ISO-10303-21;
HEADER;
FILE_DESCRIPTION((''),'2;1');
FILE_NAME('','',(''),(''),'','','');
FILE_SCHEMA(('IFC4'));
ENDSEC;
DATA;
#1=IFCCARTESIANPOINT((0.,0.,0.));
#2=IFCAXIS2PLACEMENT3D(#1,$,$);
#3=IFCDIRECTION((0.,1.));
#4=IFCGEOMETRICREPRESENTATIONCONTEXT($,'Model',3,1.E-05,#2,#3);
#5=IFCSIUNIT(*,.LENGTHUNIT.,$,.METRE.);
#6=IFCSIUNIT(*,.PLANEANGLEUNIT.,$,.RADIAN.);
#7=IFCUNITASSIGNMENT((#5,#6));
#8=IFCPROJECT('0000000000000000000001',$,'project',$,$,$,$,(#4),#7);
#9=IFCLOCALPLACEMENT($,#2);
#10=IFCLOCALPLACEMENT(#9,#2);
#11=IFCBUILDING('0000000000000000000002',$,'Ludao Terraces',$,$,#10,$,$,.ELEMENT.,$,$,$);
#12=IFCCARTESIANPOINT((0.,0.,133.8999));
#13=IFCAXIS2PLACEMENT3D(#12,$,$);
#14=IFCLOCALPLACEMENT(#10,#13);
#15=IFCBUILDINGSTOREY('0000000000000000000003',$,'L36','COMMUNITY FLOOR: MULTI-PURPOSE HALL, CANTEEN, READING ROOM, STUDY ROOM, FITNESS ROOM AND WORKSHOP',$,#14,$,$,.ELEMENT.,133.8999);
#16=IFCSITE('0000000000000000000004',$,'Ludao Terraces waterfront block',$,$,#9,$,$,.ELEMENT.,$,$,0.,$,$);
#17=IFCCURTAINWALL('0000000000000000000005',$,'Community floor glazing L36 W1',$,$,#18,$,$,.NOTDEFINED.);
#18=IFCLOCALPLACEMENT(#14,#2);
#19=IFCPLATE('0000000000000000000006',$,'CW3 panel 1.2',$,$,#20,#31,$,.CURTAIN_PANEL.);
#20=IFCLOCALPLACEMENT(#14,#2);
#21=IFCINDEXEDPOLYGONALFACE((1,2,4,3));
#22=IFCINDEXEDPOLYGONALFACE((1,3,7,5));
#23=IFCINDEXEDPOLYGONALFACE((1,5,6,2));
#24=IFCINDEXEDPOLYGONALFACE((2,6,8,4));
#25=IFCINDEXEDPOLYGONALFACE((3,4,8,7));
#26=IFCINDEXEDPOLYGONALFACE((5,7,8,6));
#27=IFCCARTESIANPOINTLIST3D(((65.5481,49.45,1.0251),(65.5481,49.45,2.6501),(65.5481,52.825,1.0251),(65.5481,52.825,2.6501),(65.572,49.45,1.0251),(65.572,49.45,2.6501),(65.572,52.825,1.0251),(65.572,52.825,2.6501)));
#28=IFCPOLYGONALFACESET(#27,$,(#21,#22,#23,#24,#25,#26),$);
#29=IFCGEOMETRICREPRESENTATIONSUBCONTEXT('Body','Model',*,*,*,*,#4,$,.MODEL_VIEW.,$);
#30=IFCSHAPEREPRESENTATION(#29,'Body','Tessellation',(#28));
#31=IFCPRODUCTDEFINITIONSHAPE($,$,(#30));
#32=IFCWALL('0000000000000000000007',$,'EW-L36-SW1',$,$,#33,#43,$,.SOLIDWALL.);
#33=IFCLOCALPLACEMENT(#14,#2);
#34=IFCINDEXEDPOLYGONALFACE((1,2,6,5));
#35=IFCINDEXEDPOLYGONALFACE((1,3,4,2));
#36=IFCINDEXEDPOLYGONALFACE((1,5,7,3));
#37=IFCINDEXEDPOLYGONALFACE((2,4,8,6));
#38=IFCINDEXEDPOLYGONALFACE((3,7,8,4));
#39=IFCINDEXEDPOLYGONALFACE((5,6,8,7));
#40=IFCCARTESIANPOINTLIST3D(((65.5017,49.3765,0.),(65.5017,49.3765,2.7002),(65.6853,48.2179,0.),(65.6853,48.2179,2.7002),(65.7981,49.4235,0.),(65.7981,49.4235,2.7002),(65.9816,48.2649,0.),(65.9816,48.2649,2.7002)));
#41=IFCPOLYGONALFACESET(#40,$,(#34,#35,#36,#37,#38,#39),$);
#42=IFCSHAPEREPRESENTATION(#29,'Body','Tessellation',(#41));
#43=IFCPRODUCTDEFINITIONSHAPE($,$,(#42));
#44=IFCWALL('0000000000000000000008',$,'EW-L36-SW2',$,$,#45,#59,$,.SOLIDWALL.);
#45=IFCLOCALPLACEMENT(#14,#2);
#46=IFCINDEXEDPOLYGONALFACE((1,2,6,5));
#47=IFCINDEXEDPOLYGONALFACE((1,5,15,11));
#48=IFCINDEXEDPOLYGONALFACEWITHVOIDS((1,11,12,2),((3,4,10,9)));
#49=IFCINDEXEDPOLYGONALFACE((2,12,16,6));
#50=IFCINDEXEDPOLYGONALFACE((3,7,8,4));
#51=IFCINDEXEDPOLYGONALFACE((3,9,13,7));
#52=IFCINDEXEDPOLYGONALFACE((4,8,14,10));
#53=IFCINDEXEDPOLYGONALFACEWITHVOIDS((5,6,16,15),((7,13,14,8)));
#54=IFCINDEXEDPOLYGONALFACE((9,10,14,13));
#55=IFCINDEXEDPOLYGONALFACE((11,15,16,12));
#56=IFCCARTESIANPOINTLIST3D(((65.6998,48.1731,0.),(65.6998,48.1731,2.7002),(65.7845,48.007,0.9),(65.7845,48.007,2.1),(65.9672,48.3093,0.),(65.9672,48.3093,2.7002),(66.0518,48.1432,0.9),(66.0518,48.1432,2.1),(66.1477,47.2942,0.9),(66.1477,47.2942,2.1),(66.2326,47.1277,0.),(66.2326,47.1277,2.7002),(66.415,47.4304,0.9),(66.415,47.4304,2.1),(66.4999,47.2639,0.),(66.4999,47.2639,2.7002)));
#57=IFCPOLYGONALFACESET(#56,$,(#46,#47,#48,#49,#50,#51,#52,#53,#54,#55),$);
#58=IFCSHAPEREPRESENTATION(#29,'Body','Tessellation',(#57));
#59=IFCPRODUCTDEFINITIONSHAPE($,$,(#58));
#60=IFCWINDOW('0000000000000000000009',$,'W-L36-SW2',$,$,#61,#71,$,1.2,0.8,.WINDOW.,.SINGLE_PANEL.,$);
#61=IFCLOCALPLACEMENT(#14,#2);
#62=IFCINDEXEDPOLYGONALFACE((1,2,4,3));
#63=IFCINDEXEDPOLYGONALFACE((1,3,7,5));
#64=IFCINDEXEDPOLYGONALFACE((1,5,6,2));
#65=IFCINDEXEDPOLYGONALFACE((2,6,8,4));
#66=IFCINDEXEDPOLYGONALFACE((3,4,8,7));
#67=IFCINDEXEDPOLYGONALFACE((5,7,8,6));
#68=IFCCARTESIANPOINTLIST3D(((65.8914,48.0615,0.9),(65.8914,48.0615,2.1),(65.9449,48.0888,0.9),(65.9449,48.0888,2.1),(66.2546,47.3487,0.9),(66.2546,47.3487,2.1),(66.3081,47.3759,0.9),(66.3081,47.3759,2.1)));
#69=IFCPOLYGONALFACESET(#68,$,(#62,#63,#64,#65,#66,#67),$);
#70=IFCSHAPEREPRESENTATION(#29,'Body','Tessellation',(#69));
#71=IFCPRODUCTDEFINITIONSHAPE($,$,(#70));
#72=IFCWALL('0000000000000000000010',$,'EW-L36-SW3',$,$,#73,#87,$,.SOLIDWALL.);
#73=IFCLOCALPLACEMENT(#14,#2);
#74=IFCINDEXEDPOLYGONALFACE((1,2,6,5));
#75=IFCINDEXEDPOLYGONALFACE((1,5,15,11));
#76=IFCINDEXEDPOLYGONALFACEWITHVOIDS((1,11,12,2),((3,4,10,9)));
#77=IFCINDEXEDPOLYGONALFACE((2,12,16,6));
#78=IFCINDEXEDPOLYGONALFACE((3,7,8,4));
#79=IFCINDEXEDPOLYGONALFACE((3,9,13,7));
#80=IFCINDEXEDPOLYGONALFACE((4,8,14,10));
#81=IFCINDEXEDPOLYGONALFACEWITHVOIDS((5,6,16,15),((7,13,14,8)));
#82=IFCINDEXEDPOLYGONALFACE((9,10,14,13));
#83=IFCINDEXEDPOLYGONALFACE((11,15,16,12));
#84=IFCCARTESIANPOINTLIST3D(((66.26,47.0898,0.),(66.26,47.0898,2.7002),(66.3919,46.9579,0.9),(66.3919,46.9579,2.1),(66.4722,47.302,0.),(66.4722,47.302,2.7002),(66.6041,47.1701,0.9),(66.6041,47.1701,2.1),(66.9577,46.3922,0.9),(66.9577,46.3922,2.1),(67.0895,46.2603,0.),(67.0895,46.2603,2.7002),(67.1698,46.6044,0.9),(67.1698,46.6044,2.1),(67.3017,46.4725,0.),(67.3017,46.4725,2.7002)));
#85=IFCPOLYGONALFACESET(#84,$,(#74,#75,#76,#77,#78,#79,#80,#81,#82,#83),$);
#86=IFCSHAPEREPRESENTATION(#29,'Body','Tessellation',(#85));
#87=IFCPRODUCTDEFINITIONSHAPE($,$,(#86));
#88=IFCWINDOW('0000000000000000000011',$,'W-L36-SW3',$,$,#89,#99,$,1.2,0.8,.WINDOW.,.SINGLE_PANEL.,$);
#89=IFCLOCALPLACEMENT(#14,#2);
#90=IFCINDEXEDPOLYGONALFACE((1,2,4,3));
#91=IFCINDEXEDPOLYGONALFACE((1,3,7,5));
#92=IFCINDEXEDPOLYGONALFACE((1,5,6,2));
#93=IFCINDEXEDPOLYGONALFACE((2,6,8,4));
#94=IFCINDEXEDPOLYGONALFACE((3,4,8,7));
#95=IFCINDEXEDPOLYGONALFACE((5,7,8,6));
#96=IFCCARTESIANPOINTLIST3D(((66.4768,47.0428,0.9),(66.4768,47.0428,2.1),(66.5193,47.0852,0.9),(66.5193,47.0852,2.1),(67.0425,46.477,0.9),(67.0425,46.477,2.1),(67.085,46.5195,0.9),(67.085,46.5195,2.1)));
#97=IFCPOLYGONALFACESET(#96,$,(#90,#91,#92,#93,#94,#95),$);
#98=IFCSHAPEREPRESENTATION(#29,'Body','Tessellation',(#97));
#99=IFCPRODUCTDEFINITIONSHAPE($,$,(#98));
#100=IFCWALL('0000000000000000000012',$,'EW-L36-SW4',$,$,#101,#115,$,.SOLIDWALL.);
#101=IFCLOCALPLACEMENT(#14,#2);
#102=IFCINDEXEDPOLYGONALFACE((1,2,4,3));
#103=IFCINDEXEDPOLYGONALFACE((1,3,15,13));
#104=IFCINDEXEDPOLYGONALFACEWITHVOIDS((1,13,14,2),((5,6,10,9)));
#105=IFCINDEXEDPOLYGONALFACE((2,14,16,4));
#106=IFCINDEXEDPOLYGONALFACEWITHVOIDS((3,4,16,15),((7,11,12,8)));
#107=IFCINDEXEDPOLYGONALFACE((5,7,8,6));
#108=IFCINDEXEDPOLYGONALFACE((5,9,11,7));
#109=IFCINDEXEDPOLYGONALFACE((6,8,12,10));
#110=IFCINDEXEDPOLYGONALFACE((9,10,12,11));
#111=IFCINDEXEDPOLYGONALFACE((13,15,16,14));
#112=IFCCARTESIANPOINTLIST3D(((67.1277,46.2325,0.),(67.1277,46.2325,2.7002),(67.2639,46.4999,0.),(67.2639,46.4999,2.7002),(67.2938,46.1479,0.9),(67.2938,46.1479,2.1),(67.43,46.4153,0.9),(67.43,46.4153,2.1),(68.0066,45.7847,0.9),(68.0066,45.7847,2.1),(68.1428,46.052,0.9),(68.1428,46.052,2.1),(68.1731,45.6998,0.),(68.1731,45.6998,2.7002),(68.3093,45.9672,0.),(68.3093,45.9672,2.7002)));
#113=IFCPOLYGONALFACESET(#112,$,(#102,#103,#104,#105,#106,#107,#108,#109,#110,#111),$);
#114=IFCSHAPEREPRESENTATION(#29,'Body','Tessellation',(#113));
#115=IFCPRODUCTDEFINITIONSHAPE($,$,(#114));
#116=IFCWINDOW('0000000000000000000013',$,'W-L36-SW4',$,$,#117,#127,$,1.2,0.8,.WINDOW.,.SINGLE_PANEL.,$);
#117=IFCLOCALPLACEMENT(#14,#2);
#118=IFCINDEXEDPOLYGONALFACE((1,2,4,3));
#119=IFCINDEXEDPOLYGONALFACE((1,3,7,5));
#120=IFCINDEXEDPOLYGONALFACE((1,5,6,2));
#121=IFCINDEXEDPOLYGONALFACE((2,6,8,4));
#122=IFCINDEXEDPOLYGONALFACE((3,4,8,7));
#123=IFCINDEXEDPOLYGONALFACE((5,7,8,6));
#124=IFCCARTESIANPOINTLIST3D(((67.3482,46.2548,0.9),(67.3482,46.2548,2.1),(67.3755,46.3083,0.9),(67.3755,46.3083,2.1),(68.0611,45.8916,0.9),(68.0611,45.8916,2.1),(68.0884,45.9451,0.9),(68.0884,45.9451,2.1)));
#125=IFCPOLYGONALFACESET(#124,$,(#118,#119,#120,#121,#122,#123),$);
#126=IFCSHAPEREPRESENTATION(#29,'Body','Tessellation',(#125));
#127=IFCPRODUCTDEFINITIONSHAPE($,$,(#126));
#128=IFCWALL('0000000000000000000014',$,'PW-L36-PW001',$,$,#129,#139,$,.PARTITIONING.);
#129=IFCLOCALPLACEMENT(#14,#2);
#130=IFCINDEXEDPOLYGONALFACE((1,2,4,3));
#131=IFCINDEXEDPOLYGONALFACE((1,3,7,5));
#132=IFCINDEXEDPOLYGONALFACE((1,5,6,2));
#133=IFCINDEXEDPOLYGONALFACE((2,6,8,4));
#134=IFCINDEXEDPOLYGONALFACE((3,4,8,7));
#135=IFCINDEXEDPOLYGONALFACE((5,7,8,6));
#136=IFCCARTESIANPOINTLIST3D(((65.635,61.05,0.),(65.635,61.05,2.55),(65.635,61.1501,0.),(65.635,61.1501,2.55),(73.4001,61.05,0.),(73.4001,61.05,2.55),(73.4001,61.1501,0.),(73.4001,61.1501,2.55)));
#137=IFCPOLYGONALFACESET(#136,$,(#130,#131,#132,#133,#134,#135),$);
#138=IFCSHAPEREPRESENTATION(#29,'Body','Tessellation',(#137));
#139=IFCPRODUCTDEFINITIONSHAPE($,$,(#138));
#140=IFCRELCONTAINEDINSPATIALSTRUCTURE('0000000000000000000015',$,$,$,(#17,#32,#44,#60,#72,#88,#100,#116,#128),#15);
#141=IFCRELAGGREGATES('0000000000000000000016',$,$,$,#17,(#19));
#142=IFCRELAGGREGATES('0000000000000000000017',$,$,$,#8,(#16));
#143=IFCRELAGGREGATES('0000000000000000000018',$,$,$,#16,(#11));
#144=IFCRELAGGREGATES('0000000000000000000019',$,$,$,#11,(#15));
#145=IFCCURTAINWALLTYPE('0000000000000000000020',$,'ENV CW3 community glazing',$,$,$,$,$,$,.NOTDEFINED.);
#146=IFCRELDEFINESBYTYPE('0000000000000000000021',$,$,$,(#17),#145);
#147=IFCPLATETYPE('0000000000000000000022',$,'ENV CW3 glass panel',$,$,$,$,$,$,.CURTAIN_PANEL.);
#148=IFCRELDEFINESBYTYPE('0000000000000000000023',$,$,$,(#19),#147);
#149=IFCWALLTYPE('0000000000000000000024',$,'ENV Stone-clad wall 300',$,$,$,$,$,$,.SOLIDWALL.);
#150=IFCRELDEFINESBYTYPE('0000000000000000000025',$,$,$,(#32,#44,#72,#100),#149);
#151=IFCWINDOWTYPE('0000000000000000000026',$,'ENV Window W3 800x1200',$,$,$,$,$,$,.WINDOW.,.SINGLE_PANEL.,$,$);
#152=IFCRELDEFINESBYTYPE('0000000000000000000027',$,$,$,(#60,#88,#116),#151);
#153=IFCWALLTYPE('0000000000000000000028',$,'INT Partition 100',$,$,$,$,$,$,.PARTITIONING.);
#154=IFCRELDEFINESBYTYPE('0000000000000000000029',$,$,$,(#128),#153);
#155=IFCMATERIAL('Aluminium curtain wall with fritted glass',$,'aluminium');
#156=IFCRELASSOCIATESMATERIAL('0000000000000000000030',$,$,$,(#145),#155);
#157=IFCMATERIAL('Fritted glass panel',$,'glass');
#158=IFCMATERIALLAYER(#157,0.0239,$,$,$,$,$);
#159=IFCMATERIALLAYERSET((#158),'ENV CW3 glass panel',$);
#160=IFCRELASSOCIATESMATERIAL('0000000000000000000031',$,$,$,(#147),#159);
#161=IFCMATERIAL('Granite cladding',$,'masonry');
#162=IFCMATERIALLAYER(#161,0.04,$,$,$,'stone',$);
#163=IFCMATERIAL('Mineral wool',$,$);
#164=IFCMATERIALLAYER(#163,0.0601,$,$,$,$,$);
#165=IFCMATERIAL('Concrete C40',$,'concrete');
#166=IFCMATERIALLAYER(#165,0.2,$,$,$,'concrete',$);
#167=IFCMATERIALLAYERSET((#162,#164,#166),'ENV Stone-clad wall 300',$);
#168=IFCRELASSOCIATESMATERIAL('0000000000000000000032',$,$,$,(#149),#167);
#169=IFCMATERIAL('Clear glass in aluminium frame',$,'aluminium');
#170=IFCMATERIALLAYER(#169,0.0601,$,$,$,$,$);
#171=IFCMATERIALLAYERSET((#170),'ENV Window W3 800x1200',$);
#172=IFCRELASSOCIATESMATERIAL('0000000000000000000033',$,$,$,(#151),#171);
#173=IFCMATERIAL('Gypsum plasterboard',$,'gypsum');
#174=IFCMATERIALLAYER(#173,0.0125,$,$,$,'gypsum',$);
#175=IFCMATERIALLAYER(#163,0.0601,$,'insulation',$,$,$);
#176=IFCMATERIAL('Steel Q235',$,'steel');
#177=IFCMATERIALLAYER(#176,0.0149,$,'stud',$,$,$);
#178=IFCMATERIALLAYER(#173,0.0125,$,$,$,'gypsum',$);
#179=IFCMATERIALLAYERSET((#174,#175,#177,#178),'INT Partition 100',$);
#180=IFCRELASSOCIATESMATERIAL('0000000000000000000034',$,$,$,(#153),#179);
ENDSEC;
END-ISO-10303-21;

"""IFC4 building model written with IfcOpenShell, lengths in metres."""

from ifc_helpers import new_model, si_unit, direction, frame, frame_2d, origin, origin_2d, place, context, subcontext, project, spatial, rectangle, extrude, material, layer, layer_set, type_object, element, fill, aggregate, save


model = new_model("IFC4")

# Units and contexts
model_context = context("Model", 3, precision=1e-05, world=origin(), true_north=direction((0.0, 1.0)))
body_context = subcontext(model_context, "Body", "Model", "MODEL_VIEW")
ifc_project = project(units=[si_unit("LENGTHUNIT", "METRE"), si_unit("PLANEANGLEUNIT", "RADIAN")], contexts=[model_context])

# Site, building, storey
site_placement = place(None, origin())
site = spatial("IfcSite", under=ifc_project, at=site_placement, Name="Ludao Terraces waterfront block", CompositionType="ELEMENT", RefElevation=0.0)
building_placement = place(site_placement, origin())
building = spatial("IfcBuilding", under=site, at=building_placement, Name="Ludao Terraces", CompositionType="ELEMENT")
storey_placement = place(building_placement, frame((0.0, 0.0, 133.8999)))
storey = spatial("IfcBuildingStorey", under=building, at=storey_placement, Name="L36", Description="COMMUNITY FLOOR: MULTI-PURPOSE HALL, CANTEEN, READING ROOM, STUDY ROOM, FITNESS ROOM AND WORKSHOP", CompositionType="ELEMENT", Elevation=133.8999)

# Curtain wall
ifc_material_1 = material(Name="Aluminium curtain wall with fritted glass", Category="aluminium")
curtain_wall_type = type_object("IfcCurtainWallType", Name="ENV CW3 community glazing", PredefinedType="NOTDEFINED", material=ifc_material_1)
curtain_wall_placement = place(storey_placement, origin())
curtain_wall = element("IfcCurtainWall", 1, at=curtain_wall_placement, inside=storey, type_object=curtain_wall_type, Name="Community floor glazing L36 W1", PredefinedType="NOTDEFINED")

# Shared definitions
ifc_material_2 = material(Name="Concrete C40", Category="concrete")

# Plate
ifc_material_3 = material(Name="Fritted glass panel", Category="glass")
ifc_layer_1 = layer(ifc_material_3, 0.0239)
ifc_layer_set_1 = layer_set([ifc_layer_1], Name="ENV CW3 glass panel")
plate_type = type_object("IfcPlateType", Name="ENV CW3 glass panel", PredefinedType="CURTAIN_PANEL", material=ifc_layer_set_1)
plate_1_placement = place(storey_placement, frame((65.5601, 51.1375, 1.0251), z_axis=(0.0, 0.0, 1.0), x_axis=(0.0, 1.0, 0.0)))
plate_1 = element("IfcPlate", 2, at=plate_1_placement, type_object=plate_type, Name="CW3 panel 1.2", PredefinedType="CURTAIN_PANEL", context=body_context, shape_type="SweptSolid", body=[
    extrude(rectangle(XDim=3.375, YDim=0.0239, at=origin_2d()), origin(), (0.0, 0.0, 1.0), 1.625),
])
aggregate(curtain_wall, [plate_1])

# Shared definitions
ifc_material_4 = material(Name="Granite cladding", Category="masonry")
ifc_layer_2 = layer(ifc_material_4, 0.04, Category="stone")
ifc_material_5 = material(Name="Mineral wool")
ifc_layer_3 = layer(ifc_material_5, 0.0601)
ifc_layer_4 = layer(ifc_material_2, 0.2, Category="concrete")
ifc_layer_set_2 = layer_set([ifc_layer_2, ifc_layer_3, ifc_layer_4], Name="ENV Stone-clad wall 300")
wall_type_1 = type_object("IfcWallType", Name="ENV Stone-clad wall 300", PredefinedType="SOLIDWALL", material=ifc_layer_set_2)
ifc_material_6 = material(Name="Clear glass in aluminium frame", Category="aluminium")

# Wall
wall_1_placement = place(storey_placement, frame((65.6499, 49.3999, 0.0), z_axis=(0.0, 0.0, 1.0), x_axis=(0.156497, -0.987678, 0.0)))
element("IfcWall", 3, at=wall_1_placement, inside=storey, type_object=wall_type_1, Name="EW-L36-SW1", PredefinedType="SOLIDWALL", context=body_context, shape_type="SweptSolid", body=[
    extrude(rectangle(XDim=1.1731, YDim=0.3, at=frame_2d((0.5864, 0.0))), origin(), (0.0, 0.0, 1.0), 2.7002),
])

# Walls, openings, windows
wall_2_placement = place(storey_placement, frame((65.8335, 48.2412, 0.0), z_axis=(0.0, 0.0, 1.0), x_axis=(0.454026, -0.890989, 0.0)))
wall_2 = element("IfcWall", 4, at=wall_2_placement, inside=storey, type_object=wall_type_1, Name="EW-L36-SW2", PredefinedType="SOLIDWALL", context=body_context, shape_type="SweptSolid", body=[
    extrude(rectangle(XDim=1.1733, YDim=0.3, at=frame_2d((0.5867, 0.0))), origin(), (0.0, 0.0, 1.0), 2.7002),
])
opening_1_placement = place(wall_2_placement, frame((0.1865, 0.0, 0.8999)))
opening_1 = element("IfcOpeningElement", 5, at=opening_1_placement, cuts=wall_2, PredefinedType="OPENING", context=body_context, shape_type="SweptSolid", body=[
    extrude(rectangle(XDim=0.8, YDim=1.2, at=frame_2d((0.3999, 0.6001))), frame((0.0, 0.1602, 0.0), z_axis=(0.0, -1.0, 0.0), x_axis=(1.0, 0.0, 0.0)), (0.0, 0.0, 1.0), 0.3201),
])
ifc_layer_5 = layer(ifc_material_6, 0.0601)
ifc_layer_set_3 = layer_set([ifc_layer_5], Name="ENV Window W3 800x1200")
window_type_1 = type_object("IfcWindowType", Name="ENV Window W3 800x1200", PartitioningType="SINGLE_PANEL", PredefinedType="WINDOW", material=ifc_layer_set_3)
window_1_placement = place(opening_1_placement, origin())
window_1 = element("IfcWindow", 6, at=window_1_placement, inside=storey, type_object=window_type_1, Name="W-L36-SW2", OverallHeight=1.2, OverallWidth=0.8, PartitioningType="SINGLE_PANEL", PredefinedType="WINDOW", context=body_context, shape_type="SweptSolid", body=[
    extrude(rectangle(XDim=0.8, YDim=1.2, at=frame_2d((0.3999, 0.6001))), frame((0.0, 0.03, 0.0), z_axis=(0.0, -1.0, 0.0), x_axis=(1.0, 0.0, 0.0)), (0.0, 0.0, 1.0), 0.0601),
])
fill(opening_1, window_1)
wall_3_placement = place(storey_placement, frame((66.3662, 47.1958, 0.0), z_axis=(0.0, 0.0, 1.0), x_axis=(0.707107, -0.707107, 0.0)))
wall_3 = element("IfcWall", 7, at=wall_3_placement, inside=storey, type_object=wall_type_1, Name="EW-L36-SW3", PredefinedType="SOLIDWALL", context=body_context, shape_type="SweptSolid", body=[
    extrude(rectangle(XDim=1.1731, YDim=0.3, at=frame_2d((0.5864, 0.0))), origin(), (0.0, 0.0, 1.0), 2.7002),
])
opening_2_placement = place(wall_3_placement, frame((0.1865, 0.0, 0.8999)))
opening_2 = element("IfcOpeningElement", 8, at=opening_2_placement, cuts=wall_3, PredefinedType="OPENING", context=body_context, shape_type="SweptSolid", body=[
    extrude(rectangle(XDim=0.8, YDim=1.2, at=frame_2d((0.3999, 0.6001))), frame((0.0, 0.1602, 0.0), z_axis=(0.0, -1.0, 0.0), x_axis=(1.0, 0.0, 0.0)), (0.0, 0.0, 1.0), 0.3201),
])
window_2_placement = place(opening_2_placement, origin())
window_2 = element("IfcWindow", 9, at=window_2_placement, inside=storey, type_object=window_type_1, Name="W-L36-SW3", OverallHeight=1.2, OverallWidth=0.8, PartitioningType="SINGLE_PANEL", PredefinedType="WINDOW", context=body_context, shape_type="SweptSolid", body=[
    extrude(rectangle(XDim=0.8, YDim=1.2, at=frame_2d((0.3999, 0.6001))), frame((0.0, 0.03, 0.0), z_axis=(0.0, -1.0, 0.0), x_axis=(1.0, 0.0, 0.0)), (0.0, 0.0, 1.0), 0.0601),
])
fill(opening_2, window_2)
wall_4_placement = place(storey_placement, frame((67.1958, 46.3662, 0.0), z_axis=(0.0, 0.0, 1.0), x_axis=(0.890989, -0.454026, 0.0)))
wall_4 = element("IfcWall", 10, at=wall_4_placement, inside=storey, type_object=wall_type_1, Name="EW-L36-SW4", PredefinedType="SOLIDWALL", context=body_context, shape_type="SweptSolid", body=[
    extrude(rectangle(XDim=1.1733, YDim=0.3, at=frame_2d((0.5867, 0.0))), origin(), (0.0, 0.0, 1.0), 2.7002),
])
opening_3_placement = place(wall_4_placement, frame((0.1865, 0.0, 0.8999)))
opening_3 = element("IfcOpeningElement", 11, at=opening_3_placement, cuts=wall_4, PredefinedType="OPENING", context=body_context, shape_type="SweptSolid", body=[
    extrude(rectangle(XDim=0.8, YDim=1.2, at=frame_2d((0.3999, 0.6001))), frame((0.0, 0.1602, 0.0), z_axis=(0.0, -1.0, 0.0), x_axis=(1.0, 0.0, 0.0)), (0.0, 0.0, 1.0), 0.3201),
])
window_3_placement = place(opening_3_placement, origin())
window_3 = element("IfcWindow", 12, at=window_3_placement, inside=storey, type_object=window_type_1, Name="W-L36-SW4", OverallHeight=1.2, OverallWidth=0.8, PartitioningType="SINGLE_PANEL", PredefinedType="WINDOW", context=body_context, shape_type="SweptSolid", body=[
    extrude(rectangle(XDim=0.8, YDim=1.2, at=frame_2d((0.3999, 0.6001))), frame((0.0, 0.03, 0.0), z_axis=(0.0, -1.0, 0.0), x_axis=(1.0, 0.0, 0.0)), (0.0, 0.0, 1.0), 0.0601),
])
fill(opening_3, window_3)

# Wall
ifc_material_7 = material(Name="Gypsum plasterboard", Category="gypsum")
ifc_layer_6 = layer(ifc_material_7, 0.0125, Category="gypsum")
ifc_layer_7 = layer(ifc_material_5, 0.0601, Name="insulation")
ifc_material_8 = material(Name="Steel Q235", Category="steel")
ifc_layer_8 = layer(ifc_material_8, 0.0149, Name="stud")
ifc_layer_9 = layer(ifc_material_7, 0.0125, Category="gypsum")
ifc_layer_set_4 = layer_set([ifc_layer_6, ifc_layer_7, ifc_layer_8, ifc_layer_9], Name="INT Partition 100")
wall_type_2 = type_object("IfcWallType", Name="INT Partition 100", PredefinedType="PARTITIONING", material=ifc_layer_set_4)
wall_5_placement = place(storey_placement, frame((65.635, 61.1001, 0.0), z_axis=(0.0, 0.0, 1.0), x_axis=(1.0, 0.0, 0.0)))
element("IfcWall", 13, at=wall_5_placement, inside=storey, type_object=wall_type_2, Name="PW-L36-PW001", PredefinedType="PARTITIONING", context=body_context, shape_type="SweptSolid", body=[
    extrude(rectangle(XDim=7.7651, YDim=0.1001, at=frame_2d((3.8826, 0.0))), origin(), (0.0, 0.0, 1.0), 2.55),
])

save(model, "model.ifc")
